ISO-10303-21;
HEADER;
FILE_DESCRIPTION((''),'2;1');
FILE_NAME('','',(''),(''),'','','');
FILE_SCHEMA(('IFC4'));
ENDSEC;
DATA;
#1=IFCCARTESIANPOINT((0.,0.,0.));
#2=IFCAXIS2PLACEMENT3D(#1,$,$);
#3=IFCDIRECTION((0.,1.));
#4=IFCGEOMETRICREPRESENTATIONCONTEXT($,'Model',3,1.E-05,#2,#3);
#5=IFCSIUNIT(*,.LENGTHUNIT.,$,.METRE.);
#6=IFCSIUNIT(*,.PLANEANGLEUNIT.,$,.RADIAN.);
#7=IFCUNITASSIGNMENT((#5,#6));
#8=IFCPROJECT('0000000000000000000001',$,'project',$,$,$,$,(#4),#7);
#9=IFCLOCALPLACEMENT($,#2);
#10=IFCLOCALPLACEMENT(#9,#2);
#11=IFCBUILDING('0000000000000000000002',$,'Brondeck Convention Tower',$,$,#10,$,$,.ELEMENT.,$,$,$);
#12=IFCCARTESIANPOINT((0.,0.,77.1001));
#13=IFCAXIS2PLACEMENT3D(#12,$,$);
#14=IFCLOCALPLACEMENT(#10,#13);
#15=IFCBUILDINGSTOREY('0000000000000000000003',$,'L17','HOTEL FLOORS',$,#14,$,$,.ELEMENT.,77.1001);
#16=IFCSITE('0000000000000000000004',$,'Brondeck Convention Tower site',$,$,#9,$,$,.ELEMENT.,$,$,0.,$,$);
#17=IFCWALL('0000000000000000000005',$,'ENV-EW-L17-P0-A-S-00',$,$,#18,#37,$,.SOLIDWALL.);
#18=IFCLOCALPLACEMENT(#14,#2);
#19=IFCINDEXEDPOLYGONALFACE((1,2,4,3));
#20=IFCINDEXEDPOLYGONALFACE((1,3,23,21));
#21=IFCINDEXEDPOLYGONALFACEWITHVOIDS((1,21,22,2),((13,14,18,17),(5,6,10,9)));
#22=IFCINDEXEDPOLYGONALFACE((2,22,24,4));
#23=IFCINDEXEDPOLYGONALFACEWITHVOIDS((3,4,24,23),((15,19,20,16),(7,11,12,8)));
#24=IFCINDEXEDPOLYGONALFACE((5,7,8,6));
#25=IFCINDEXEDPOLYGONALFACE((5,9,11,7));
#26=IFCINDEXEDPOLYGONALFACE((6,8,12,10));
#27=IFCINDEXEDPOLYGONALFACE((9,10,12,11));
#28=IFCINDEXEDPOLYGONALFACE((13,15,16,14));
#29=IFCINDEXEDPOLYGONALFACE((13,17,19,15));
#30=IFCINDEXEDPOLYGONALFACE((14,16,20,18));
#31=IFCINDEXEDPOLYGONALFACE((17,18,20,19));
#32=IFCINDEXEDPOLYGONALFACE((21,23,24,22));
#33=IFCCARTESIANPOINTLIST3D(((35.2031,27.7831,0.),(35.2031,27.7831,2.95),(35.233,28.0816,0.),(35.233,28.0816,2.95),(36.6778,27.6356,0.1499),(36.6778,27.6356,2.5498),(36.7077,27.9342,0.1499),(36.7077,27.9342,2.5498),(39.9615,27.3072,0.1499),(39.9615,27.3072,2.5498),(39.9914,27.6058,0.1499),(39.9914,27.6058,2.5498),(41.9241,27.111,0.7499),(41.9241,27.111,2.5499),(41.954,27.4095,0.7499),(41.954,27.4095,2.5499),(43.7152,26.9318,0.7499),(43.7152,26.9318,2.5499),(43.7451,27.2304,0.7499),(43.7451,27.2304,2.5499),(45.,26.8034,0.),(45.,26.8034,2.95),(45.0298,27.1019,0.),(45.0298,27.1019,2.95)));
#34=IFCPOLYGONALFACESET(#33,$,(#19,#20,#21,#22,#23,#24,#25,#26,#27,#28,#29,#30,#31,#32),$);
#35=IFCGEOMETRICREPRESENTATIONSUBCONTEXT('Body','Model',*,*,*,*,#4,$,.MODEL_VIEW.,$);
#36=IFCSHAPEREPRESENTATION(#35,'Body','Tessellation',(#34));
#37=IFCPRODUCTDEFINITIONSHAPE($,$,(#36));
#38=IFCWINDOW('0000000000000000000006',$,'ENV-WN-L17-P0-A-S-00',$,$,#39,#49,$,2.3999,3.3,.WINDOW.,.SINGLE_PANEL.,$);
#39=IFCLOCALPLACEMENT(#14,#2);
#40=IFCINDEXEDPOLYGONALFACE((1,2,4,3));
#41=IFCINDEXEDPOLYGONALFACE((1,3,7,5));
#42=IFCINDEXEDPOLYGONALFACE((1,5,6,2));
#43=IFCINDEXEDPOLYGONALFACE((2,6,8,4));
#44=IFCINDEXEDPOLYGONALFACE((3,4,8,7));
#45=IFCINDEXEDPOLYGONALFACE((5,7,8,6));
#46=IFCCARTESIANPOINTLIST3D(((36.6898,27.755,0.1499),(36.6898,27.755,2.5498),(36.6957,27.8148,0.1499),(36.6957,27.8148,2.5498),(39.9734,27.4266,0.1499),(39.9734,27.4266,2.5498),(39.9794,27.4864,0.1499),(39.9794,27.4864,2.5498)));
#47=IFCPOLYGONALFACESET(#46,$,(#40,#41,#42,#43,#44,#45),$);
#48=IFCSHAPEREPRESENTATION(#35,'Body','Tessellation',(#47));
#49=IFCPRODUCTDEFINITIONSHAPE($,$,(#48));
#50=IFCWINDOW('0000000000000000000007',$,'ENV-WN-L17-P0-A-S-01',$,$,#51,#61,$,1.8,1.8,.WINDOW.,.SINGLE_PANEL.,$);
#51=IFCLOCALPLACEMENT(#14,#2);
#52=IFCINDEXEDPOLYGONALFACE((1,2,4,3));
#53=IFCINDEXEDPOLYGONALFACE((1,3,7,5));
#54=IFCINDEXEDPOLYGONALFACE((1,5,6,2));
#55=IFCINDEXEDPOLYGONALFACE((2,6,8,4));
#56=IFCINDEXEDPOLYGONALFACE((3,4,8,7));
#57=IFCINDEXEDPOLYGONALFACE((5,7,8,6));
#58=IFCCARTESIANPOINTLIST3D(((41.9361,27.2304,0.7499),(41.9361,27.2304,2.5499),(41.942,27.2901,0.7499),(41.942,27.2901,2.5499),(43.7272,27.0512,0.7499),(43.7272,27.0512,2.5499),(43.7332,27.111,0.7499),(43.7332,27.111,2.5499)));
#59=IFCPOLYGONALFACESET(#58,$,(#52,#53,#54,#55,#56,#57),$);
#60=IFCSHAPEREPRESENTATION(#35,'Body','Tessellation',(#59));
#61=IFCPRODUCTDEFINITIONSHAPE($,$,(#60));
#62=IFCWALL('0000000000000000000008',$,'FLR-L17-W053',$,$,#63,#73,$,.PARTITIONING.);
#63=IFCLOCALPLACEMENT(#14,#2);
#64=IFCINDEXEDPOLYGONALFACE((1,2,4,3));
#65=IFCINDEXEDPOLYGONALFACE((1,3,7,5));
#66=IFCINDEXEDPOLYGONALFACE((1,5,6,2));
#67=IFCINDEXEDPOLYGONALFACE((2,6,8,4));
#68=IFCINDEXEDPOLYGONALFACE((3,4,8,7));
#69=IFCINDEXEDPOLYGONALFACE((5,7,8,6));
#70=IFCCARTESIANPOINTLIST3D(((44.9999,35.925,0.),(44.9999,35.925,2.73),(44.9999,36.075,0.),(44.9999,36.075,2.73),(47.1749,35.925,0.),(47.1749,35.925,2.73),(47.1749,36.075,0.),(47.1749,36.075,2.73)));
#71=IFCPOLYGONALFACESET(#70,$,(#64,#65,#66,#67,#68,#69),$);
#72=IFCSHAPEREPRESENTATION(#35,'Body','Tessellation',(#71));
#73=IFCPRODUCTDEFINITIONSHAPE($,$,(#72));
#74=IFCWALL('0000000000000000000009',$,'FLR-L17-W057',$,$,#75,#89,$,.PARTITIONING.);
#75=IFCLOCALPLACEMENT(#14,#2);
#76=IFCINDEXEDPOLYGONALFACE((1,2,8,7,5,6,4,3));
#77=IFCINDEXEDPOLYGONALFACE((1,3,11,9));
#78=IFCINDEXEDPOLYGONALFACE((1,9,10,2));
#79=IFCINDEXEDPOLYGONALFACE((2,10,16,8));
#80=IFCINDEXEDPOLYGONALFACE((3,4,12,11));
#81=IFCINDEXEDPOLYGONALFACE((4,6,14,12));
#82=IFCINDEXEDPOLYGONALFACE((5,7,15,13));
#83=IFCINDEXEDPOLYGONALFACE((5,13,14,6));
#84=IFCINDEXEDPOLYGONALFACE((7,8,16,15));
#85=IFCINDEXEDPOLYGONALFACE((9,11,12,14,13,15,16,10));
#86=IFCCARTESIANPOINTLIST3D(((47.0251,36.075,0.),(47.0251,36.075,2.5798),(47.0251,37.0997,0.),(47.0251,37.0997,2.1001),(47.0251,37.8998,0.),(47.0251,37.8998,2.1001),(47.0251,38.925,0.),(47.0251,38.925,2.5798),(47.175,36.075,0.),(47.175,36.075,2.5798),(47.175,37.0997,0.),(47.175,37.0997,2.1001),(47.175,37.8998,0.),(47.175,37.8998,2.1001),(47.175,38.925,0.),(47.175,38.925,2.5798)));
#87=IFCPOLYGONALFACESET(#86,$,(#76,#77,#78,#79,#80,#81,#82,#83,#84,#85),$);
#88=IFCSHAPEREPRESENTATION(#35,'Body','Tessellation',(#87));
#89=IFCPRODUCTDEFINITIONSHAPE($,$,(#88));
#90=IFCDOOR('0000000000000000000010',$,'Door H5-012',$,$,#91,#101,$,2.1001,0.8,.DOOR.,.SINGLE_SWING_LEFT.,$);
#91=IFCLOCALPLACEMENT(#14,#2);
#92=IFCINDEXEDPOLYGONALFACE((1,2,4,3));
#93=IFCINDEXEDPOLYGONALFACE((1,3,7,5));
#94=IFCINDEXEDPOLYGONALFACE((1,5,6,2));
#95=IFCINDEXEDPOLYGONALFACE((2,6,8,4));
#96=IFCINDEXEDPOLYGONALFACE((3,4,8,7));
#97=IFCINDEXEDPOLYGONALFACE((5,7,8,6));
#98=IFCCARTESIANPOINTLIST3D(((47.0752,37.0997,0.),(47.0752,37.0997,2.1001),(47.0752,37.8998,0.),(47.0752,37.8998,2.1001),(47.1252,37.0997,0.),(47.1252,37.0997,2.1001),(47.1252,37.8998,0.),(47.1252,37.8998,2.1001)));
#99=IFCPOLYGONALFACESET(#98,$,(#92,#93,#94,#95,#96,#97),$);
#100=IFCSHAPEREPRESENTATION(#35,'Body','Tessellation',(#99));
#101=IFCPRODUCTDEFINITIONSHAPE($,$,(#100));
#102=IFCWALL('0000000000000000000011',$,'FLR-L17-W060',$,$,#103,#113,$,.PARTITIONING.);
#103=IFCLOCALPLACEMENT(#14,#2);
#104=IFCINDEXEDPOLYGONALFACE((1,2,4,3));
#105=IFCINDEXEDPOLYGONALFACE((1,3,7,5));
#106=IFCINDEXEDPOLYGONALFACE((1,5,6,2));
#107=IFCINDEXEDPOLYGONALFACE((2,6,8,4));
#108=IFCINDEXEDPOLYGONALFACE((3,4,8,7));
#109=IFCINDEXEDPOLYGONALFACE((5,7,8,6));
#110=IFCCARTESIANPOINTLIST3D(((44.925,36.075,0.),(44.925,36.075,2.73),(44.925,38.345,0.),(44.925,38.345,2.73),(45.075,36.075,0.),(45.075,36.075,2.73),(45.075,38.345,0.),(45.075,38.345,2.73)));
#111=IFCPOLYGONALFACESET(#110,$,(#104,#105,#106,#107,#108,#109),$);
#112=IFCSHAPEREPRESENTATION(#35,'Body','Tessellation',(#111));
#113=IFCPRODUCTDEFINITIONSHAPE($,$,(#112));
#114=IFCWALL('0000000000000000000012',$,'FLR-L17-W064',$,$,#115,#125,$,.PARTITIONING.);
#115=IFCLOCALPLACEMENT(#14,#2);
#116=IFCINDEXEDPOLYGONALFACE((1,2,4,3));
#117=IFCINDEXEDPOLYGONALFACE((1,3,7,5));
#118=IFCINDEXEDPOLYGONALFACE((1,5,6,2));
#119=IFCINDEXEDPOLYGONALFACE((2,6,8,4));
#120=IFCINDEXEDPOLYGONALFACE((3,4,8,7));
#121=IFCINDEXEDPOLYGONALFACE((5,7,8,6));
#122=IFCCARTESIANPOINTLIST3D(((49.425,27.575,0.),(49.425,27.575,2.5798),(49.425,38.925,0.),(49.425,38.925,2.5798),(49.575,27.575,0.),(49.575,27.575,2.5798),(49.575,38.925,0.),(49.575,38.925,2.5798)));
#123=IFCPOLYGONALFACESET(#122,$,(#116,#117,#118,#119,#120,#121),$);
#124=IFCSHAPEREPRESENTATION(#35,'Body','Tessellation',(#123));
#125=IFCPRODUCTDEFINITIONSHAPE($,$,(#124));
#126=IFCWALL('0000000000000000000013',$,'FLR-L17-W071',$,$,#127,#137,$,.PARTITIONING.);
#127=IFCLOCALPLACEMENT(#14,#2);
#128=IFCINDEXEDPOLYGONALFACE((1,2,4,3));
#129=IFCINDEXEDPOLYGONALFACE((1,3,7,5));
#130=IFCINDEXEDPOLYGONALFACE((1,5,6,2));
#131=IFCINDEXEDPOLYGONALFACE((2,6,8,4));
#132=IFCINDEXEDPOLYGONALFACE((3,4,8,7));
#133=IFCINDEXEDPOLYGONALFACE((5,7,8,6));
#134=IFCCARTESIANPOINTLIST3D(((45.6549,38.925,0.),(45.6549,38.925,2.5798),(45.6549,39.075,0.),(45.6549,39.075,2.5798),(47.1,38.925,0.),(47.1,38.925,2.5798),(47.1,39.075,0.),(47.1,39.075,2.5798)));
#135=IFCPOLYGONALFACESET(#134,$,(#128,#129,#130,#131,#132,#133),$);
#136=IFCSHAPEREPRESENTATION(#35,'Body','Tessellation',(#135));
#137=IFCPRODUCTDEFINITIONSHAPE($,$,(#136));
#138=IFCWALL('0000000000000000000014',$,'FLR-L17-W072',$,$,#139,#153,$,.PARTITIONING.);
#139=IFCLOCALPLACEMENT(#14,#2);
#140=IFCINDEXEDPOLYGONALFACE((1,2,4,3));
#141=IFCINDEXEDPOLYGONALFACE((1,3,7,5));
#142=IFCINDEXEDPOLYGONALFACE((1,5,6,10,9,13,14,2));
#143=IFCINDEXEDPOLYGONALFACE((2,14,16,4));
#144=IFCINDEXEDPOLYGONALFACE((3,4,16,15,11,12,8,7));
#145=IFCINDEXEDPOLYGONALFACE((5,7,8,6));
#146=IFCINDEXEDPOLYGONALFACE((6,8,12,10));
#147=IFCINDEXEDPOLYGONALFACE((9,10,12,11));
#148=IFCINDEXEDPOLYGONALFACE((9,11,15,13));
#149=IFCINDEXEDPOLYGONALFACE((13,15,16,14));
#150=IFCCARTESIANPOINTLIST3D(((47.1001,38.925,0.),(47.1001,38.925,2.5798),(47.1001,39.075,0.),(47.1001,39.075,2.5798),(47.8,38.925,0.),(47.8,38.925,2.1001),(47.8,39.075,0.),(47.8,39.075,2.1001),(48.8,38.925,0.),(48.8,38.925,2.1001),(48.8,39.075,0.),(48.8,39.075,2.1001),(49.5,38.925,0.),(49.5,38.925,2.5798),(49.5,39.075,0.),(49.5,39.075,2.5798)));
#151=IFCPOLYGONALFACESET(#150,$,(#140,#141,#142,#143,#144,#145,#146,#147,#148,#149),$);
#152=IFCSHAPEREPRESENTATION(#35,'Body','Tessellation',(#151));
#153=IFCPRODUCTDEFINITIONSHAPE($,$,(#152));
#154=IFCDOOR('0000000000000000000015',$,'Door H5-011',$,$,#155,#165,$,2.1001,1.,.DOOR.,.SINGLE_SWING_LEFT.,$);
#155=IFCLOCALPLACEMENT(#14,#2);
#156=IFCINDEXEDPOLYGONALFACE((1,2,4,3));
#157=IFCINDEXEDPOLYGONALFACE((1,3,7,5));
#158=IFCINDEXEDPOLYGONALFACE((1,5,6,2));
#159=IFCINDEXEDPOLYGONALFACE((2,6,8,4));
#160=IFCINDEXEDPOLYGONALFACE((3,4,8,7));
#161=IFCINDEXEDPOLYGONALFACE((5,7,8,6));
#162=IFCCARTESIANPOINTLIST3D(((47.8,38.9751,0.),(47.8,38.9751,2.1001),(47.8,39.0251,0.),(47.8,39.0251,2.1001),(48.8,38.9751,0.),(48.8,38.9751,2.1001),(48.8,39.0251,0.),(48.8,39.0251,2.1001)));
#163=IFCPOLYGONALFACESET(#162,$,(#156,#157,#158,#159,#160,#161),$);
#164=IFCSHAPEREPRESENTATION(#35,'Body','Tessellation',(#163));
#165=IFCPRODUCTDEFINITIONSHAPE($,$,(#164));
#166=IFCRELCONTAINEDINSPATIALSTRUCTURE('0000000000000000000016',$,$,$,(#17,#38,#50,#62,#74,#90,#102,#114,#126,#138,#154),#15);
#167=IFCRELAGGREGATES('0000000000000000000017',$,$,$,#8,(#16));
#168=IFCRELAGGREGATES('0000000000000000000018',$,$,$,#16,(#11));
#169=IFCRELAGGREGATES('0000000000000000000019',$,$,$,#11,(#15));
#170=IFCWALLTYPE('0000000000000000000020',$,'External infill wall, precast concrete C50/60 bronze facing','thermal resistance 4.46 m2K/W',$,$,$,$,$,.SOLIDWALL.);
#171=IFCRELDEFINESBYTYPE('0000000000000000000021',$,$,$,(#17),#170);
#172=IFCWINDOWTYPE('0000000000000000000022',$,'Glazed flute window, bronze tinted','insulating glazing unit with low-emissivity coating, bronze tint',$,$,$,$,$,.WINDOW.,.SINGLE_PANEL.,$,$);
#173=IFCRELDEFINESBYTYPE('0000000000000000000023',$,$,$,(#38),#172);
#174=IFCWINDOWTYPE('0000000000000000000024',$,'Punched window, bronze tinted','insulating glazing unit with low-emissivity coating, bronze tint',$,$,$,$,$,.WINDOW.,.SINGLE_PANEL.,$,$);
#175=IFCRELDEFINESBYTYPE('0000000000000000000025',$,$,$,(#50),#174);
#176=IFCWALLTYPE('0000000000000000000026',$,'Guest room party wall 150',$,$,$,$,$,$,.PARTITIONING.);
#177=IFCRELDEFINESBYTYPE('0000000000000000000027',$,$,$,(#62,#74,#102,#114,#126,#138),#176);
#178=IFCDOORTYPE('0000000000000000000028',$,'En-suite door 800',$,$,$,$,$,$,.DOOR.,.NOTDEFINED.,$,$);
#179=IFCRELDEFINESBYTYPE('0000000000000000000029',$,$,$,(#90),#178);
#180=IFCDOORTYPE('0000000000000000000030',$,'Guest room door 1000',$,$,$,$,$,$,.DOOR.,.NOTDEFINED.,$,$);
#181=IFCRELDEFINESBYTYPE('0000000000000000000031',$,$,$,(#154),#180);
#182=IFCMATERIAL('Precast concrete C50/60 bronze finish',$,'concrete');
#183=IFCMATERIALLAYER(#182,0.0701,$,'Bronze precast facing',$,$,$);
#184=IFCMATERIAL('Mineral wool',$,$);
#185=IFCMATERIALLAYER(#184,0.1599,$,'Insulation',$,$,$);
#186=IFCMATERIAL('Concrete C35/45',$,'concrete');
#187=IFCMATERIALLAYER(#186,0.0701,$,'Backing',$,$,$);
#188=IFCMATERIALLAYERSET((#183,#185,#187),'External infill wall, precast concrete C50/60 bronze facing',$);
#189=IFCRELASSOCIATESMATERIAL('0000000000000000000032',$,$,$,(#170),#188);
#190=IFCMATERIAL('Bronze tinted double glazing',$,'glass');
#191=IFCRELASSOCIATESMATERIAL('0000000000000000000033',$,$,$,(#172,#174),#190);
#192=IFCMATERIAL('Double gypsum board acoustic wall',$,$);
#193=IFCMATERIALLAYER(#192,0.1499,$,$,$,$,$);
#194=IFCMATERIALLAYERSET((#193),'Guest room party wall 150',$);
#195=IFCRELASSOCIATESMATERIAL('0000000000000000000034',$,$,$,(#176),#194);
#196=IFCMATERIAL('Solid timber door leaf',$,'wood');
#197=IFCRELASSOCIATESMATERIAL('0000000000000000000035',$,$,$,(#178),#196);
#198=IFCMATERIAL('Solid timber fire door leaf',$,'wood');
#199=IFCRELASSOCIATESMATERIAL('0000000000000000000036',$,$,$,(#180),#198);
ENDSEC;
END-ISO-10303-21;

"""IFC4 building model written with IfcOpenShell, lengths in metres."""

from ifc_helpers import new_model, si_unit, direction, frame, frame_2d, origin, place, context, subcontext, project, spatial, rectangle, extrude, material, layer, layer_set, type_object, element, fill, save


model = new_model("IFC4")

# Units and contexts
model_context = context("Model", 3, precision=1e-05, world=origin(), true_north=direction((0.0, 1.0)))
body_context = subcontext(model_context, "Body", "Model", "MODEL_VIEW")
ifc_project = project(units=[si_unit("LENGTHUNIT", "METRE"), si_unit("PLANEANGLEUNIT", "RADIAN")], contexts=[model_context])

# Site, building, storey
site_placement = place(None, origin())
site = spatial("IfcSite", under=ifc_project, at=site_placement, Name="Brondeck Convention Tower site", CompositionType="ELEMENT", RefElevation=0.0)
building_placement = place(site_placement, origin())
building = spatial("IfcBuilding", under=site, at=building_placement, Name="Brondeck Convention Tower", CompositionType="ELEMENT")
storey_placement = place(building_placement, frame((0.0, 0.0, 77.1001)))
storey = spatial("IfcBuildingStorey", under=building, at=storey_placement, Name="L17", Description="HOTEL FLOORS", CompositionType="ELEMENT", Elevation=77.1001)

# Wall, openings, windows
ifc_material_1 = material(Name="Precast concrete C50/60 bronze finish", Category="concrete")
ifc_layer_1 = layer(ifc_material_1, 0.0701, Name="Bronze precast facing")
ifc_material_2 = material(Name="Mineral wool")
ifc_layer_2 = layer(ifc_material_2, 0.1599, Name="Insulation")
ifc_material_3 = material(Name="Concrete C35/45", Category="concrete")
ifc_layer_3 = layer(ifc_material_3, 0.0701, Name="Backing")
ifc_layer_set_1 = layer_set([ifc_layer_1, ifc_layer_2, ifc_layer_3], Name="External infill wall, precast concrete C50/60 bronze facing")
wall_type_1 = type_object("IfcWallType", Name="External infill wall, precast concrete C50/60 bronze facing", Description="thermal resistance 4.46 m2K/W", PredefinedType="SOLIDWALL", material=ifc_layer_set_1)
wall_1_placement = place(storey_placement, frame((45.0149, 26.9526, 0.0), z_axis=(0.0, 0.0, 1.0), x_axis=(-0.995037, 0.099509, 0.0)))
wall_1 = element("IfcWall", 1, at=wall_1_placement, inside=storey, type_object=wall_type_1, Name="ENV-EW-L17-P0-A-S-00", PredefinedType="SOLIDWALL", context=body_context, shape_type="SweptSolid", body=[
    extrude(rectangle(XDim=9.8457, YDim=0.3, at=frame_2d((4.9229, 0.0))), origin(), (0.0, 0.0, 1.0), 2.95),
])
opening_1_placement = place(wall_1_placement, frame((1.2913, 0.0, 0.75)))
opening_1 = element("IfcOpeningElement", 2, at=opening_1_placement, cuts=wall_1, PredefinedType="OPENING", context=body_context, shape_type="SweptSolid", body=[
    extrude(rectangle(XDim=1.8, YDim=1.8, at=frame_2d((0.8999, 0.8999))), frame((0.0, 0.1599, 0.0), z_axis=(0.0, -1.0, 0.0), x_axis=(1.0, 0.0, 0.0)), (0.0, 0.0, 1.0), 0.3201),
])
opening_2_placement = place(wall_1_placement, frame((5.0637, 0.0, 0.1499)))
opening_2 = element("IfcOpeningElement", 3, at=opening_2_placement, cuts=wall_1, PredefinedType="OPENING", context=body_context, shape_type="SweptSolid", body=[
    extrude(rectangle(XDim=3.3, YDim=2.3999, at=frame_2d((1.6499, 1.2))), frame((0.0, 0.1599, 0.0), z_axis=(0.0, -1.0, 0.0), x_axis=(1.0, 0.0, 0.0)), (0.0, 0.0, 1.0), 0.3201),
])
ifc_material_4 = material(Name="Bronze tinted double glazing", Category="glass")
window_type_1 = type_object("IfcWindowType", Name="Glazed flute window, bronze tinted", Description="insulating glazing unit with low-emissivity coating, bronze tint", PartitioningType="SINGLE_PANEL", PredefinedType="WINDOW", material=ifc_material_4)
window_1_placement = place(opening_2_placement, origin())
window_1 = element("IfcWindow", 4, at=window_1_placement, inside=storey, type_object=window_type_1, Name="ENV-WN-L17-P0-A-S-00", OverallHeight=2.3999, OverallWidth=3.3, PartitioningType="SINGLE_PANEL", PredefinedType="WINDOW", context=body_context, shape_type="SweptSolid", body=[
    extrude(rectangle(XDim=3.3, YDim=2.3999, at=frame_2d((1.6499, 1.2))), frame((0.0, 0.03, 0.0), z_axis=(0.0, -1.0, 0.0), x_axis=(1.0, 0.0, 0.0)), (0.0, 0.0, 1.0), 0.0601),
])
fill(opening_2, window_1)
window_type_2 = type_object("IfcWindowType", Name="Punched window, bronze tinted", Description="insulating glazing unit with low-emissivity coating, bronze tint", PartitioningType="SINGLE_PANEL", PredefinedType="WINDOW", material=ifc_material_4)
window_2_placement = place(opening_1_placement, origin())
window_2 = element("IfcWindow", 5, at=window_2_placement, inside=storey, type_object=window_type_2, Name="ENV-WN-L17-P0-A-S-01", OverallHeight=1.8, OverallWidth=1.8, PartitioningType="SINGLE_PANEL", PredefinedType="WINDOW", context=body_context, shape_type="SweptSolid", body=[
    extrude(rectangle(XDim=1.8, YDim=1.8, at=frame_2d((0.8999, 0.8999))), frame((0.0, 0.03, 0.0), z_axis=(0.0, -1.0, 0.0), x_axis=(1.0, 0.0, 0.0)), (0.0, 0.0, 1.0), 0.0601),
])
fill(opening_1, window_2)

# Wall
ifc_material_5 = material(Name="Double gypsum board acoustic wall")
ifc_layer_4 = layer(ifc_material_5, 0.1499)
ifc_layer_set_2 = layer_set([ifc_layer_4], Name="Guest room party wall 150")
wall_type_2 = type_object("IfcWallType", Name="Guest room party wall 150", PredefinedType="PARTITIONING", material=ifc_layer_set_2)
wall_2_placement = place(storey_placement, frame((45.0, 36.0, 0.0), z_axis=(0.0, 0.0, 1.0), x_axis=(1.0, 0.0, 0.0)))
element("IfcWall", 6, at=wall_2_placement, inside=storey, type_object=wall_type_2, Name="FLR-L17-W053", PredefinedType="PARTITIONING", context=body_context, shape_type="SweptSolid", body=[
    extrude(rectangle(XDim=2.175, YDim=0.1499, at=frame_2d((1.0874, 0.0))), origin(), (0.0, 0.0, 1.0), 2.73),
])

# Wall, opening, door
wall_3_placement = place(storey_placement, frame((47.1001, 36.075, 0.0), z_axis=(0.0, 0.0, 1.0), x_axis=(0.0, 1.0, 0.0)))
wall_3 = element("IfcWall", 7, at=wall_3_placement, inside=storey, type_object=wall_type_2, Name="FLR-L17-W057", PredefinedType="PARTITIONING", context=body_context, shape_type="SweptSolid", body=[
    extrude(rectangle(XDim=2.8501, YDim=0.1499, at=frame_2d((1.425, 0.0))), origin(), (0.0, 0.0, 1.0), 2.5798),
])
opening_3_placement = place(wall_3_placement, frame((1.0249, 0.0, 0.0)))
opening_3 = element("IfcOpeningElement", 8, at=opening_3_placement, cuts=wall_3, PredefinedType="OPENING", context=body_context, shape_type="SweptSolid", body=[
    extrude(rectangle(XDim=0.8, YDim=2.1001, at=frame_2d((0.3999, 1.05))), frame((0.0, 0.085, 0.0), z_axis=(0.0, -1.0, 0.0), x_axis=(1.0, 0.0, 0.0)), (0.0, 0.0, 1.0), 0.1699),
])
ifc_material_6 = material(Name="Solid timber door leaf", Category="wood")
door_type_1 = type_object("IfcDoorType", Name="En-suite door 800", OperationType="NOTDEFINED", PredefinedType="DOOR", material=ifc_material_6)
door_1_placement = place(opening_3_placement, origin())
door_1 = element("IfcDoor", 9, at=door_1_placement, inside=storey, type_object=door_type_1, Name="Door H5-012", OperationType="SINGLE_SWING_LEFT", OverallHeight=2.1001, OverallWidth=0.8, PredefinedType="DOOR", context=body_context, shape_type="SweptSolid", body=[
    extrude(rectangle(XDim=0.8, YDim=2.1001, at=frame_2d((0.3999, 1.05))), frame((0.0, 0.0249, 0.0), z_axis=(0.0, -1.0, 0.0), x_axis=(1.0, 0.0, 0.0)), (0.0, 0.0, 1.0), 0.05),
])
fill(opening_3, door_1)

# Walls
wall_4_placement = place(storey_placement, frame((45.0, 38.345, 0.0), z_axis=(0.0, 0.0, 1.0), x_axis=(0.0, -1.0, 0.0)))
element("IfcWall", 10, at=wall_4_placement, inside=storey, type_object=wall_type_2, Name="FLR-L17-W060", PredefinedType="PARTITIONING", context=body_context, shape_type="SweptSolid", body=[
    extrude(rectangle(XDim=2.27, YDim=0.1499, at=frame_2d((1.135, 0.0))), origin(), (0.0, 0.0, 1.0), 2.73),
])
wall_5_placement = place(storey_placement, frame((49.5, 38.925, 0.0), z_axis=(0.0, 0.0, 1.0), x_axis=(0.0, -1.0, 0.0)))
element("IfcWall", 11, at=wall_5_placement, inside=storey, type_object=wall_type_2, Name="FLR-L17-W064", PredefinedType="PARTITIONING", context=body_context, shape_type="SweptSolid", body=[
    extrude(rectangle(XDim=11.3501, YDim=0.1499, at=frame_2d((5.675, 0.0))), origin(), (0.0, 0.0, 1.0), 2.5798),
])
wall_6_placement = place(storey_placement, frame((47.1001, 39.0, 0.0), z_axis=(0.0, 0.0, 1.0), x_axis=(-1.0, 0.0, 0.0)))
element("IfcWall", 12, at=wall_6_placement, inside=storey, type_object=wall_type_2, Name="FLR-L17-W071", PredefinedType="PARTITIONING", context=body_context, shape_type="SweptSolid", body=[
    extrude(rectangle(XDim=1.4451, YDim=0.1499, at=frame_2d((0.7227, 0.0))), origin(), (0.0, 0.0, 1.0), 2.5798),
])

# Wall, opening, door
wall_7_placement = place(storey_placement, frame((49.5, 39.0, 0.0), z_axis=(0.0, 0.0, 1.0), x_axis=(-1.0, 0.0, 0.0)))
wall_7 = element("IfcWall", 13, at=wall_7_placement, inside=storey, type_object=wall_type_2, Name="FLR-L17-W072", PredefinedType="PARTITIONING", context=body_context, shape_type="SweptSolid", body=[
    extrude(rectangle(XDim=2.3999, YDim=0.1499, at=frame_2d((1.2, 0.0))), origin(), (0.0, 0.0, 1.0), 2.5798),
])
opening_4_placement = place(wall_7_placement, frame((0.7, 0.0, 0.0)))
opening_4 = element("IfcOpeningElement", 14, at=opening_4_placement, cuts=wall_7, PredefinedType="OPENING", context=body_context, shape_type="SweptSolid", body=[
    extrude(rectangle(XDim=1.0, YDim=2.1001, at=frame_2d((0.5, 1.05))), frame((0.0, 0.085, 0.0), z_axis=(0.0, -1.0, 0.0), x_axis=(1.0, 0.0, 0.0)), (0.0, 0.0, 1.0), 0.1699),
])
ifc_material_7 = material(Name="Solid timber fire door leaf", Category="wood")
door_type_2 = type_object("IfcDoorType", Name="Guest room door 1000", OperationType="NOTDEFINED", PredefinedType="DOOR", material=ifc_material_7)
door_2_placement = place(opening_4_placement, origin())
door_2 = element("IfcDoor", 15, at=door_2_placement, inside=storey, type_object=door_type_2, Name="Door H5-011", OperationType="SINGLE_SWING_LEFT", OverallHeight=2.1001, OverallWidth=1.0, PredefinedType="DOOR", context=body_context, shape_type="SweptSolid", body=[
    extrude(rectangle(XDim=1.0, YDim=2.1001, at=frame_2d((0.5, 1.05))), frame((0.0, 0.0249, 0.0), z_axis=(0.0, -1.0, 0.0), x_axis=(1.0, 0.0, 0.0)), (0.0, 0.0, 1.0), 0.05),
])
fill(opening_4, door_2)

save(model, "model.ifc")
